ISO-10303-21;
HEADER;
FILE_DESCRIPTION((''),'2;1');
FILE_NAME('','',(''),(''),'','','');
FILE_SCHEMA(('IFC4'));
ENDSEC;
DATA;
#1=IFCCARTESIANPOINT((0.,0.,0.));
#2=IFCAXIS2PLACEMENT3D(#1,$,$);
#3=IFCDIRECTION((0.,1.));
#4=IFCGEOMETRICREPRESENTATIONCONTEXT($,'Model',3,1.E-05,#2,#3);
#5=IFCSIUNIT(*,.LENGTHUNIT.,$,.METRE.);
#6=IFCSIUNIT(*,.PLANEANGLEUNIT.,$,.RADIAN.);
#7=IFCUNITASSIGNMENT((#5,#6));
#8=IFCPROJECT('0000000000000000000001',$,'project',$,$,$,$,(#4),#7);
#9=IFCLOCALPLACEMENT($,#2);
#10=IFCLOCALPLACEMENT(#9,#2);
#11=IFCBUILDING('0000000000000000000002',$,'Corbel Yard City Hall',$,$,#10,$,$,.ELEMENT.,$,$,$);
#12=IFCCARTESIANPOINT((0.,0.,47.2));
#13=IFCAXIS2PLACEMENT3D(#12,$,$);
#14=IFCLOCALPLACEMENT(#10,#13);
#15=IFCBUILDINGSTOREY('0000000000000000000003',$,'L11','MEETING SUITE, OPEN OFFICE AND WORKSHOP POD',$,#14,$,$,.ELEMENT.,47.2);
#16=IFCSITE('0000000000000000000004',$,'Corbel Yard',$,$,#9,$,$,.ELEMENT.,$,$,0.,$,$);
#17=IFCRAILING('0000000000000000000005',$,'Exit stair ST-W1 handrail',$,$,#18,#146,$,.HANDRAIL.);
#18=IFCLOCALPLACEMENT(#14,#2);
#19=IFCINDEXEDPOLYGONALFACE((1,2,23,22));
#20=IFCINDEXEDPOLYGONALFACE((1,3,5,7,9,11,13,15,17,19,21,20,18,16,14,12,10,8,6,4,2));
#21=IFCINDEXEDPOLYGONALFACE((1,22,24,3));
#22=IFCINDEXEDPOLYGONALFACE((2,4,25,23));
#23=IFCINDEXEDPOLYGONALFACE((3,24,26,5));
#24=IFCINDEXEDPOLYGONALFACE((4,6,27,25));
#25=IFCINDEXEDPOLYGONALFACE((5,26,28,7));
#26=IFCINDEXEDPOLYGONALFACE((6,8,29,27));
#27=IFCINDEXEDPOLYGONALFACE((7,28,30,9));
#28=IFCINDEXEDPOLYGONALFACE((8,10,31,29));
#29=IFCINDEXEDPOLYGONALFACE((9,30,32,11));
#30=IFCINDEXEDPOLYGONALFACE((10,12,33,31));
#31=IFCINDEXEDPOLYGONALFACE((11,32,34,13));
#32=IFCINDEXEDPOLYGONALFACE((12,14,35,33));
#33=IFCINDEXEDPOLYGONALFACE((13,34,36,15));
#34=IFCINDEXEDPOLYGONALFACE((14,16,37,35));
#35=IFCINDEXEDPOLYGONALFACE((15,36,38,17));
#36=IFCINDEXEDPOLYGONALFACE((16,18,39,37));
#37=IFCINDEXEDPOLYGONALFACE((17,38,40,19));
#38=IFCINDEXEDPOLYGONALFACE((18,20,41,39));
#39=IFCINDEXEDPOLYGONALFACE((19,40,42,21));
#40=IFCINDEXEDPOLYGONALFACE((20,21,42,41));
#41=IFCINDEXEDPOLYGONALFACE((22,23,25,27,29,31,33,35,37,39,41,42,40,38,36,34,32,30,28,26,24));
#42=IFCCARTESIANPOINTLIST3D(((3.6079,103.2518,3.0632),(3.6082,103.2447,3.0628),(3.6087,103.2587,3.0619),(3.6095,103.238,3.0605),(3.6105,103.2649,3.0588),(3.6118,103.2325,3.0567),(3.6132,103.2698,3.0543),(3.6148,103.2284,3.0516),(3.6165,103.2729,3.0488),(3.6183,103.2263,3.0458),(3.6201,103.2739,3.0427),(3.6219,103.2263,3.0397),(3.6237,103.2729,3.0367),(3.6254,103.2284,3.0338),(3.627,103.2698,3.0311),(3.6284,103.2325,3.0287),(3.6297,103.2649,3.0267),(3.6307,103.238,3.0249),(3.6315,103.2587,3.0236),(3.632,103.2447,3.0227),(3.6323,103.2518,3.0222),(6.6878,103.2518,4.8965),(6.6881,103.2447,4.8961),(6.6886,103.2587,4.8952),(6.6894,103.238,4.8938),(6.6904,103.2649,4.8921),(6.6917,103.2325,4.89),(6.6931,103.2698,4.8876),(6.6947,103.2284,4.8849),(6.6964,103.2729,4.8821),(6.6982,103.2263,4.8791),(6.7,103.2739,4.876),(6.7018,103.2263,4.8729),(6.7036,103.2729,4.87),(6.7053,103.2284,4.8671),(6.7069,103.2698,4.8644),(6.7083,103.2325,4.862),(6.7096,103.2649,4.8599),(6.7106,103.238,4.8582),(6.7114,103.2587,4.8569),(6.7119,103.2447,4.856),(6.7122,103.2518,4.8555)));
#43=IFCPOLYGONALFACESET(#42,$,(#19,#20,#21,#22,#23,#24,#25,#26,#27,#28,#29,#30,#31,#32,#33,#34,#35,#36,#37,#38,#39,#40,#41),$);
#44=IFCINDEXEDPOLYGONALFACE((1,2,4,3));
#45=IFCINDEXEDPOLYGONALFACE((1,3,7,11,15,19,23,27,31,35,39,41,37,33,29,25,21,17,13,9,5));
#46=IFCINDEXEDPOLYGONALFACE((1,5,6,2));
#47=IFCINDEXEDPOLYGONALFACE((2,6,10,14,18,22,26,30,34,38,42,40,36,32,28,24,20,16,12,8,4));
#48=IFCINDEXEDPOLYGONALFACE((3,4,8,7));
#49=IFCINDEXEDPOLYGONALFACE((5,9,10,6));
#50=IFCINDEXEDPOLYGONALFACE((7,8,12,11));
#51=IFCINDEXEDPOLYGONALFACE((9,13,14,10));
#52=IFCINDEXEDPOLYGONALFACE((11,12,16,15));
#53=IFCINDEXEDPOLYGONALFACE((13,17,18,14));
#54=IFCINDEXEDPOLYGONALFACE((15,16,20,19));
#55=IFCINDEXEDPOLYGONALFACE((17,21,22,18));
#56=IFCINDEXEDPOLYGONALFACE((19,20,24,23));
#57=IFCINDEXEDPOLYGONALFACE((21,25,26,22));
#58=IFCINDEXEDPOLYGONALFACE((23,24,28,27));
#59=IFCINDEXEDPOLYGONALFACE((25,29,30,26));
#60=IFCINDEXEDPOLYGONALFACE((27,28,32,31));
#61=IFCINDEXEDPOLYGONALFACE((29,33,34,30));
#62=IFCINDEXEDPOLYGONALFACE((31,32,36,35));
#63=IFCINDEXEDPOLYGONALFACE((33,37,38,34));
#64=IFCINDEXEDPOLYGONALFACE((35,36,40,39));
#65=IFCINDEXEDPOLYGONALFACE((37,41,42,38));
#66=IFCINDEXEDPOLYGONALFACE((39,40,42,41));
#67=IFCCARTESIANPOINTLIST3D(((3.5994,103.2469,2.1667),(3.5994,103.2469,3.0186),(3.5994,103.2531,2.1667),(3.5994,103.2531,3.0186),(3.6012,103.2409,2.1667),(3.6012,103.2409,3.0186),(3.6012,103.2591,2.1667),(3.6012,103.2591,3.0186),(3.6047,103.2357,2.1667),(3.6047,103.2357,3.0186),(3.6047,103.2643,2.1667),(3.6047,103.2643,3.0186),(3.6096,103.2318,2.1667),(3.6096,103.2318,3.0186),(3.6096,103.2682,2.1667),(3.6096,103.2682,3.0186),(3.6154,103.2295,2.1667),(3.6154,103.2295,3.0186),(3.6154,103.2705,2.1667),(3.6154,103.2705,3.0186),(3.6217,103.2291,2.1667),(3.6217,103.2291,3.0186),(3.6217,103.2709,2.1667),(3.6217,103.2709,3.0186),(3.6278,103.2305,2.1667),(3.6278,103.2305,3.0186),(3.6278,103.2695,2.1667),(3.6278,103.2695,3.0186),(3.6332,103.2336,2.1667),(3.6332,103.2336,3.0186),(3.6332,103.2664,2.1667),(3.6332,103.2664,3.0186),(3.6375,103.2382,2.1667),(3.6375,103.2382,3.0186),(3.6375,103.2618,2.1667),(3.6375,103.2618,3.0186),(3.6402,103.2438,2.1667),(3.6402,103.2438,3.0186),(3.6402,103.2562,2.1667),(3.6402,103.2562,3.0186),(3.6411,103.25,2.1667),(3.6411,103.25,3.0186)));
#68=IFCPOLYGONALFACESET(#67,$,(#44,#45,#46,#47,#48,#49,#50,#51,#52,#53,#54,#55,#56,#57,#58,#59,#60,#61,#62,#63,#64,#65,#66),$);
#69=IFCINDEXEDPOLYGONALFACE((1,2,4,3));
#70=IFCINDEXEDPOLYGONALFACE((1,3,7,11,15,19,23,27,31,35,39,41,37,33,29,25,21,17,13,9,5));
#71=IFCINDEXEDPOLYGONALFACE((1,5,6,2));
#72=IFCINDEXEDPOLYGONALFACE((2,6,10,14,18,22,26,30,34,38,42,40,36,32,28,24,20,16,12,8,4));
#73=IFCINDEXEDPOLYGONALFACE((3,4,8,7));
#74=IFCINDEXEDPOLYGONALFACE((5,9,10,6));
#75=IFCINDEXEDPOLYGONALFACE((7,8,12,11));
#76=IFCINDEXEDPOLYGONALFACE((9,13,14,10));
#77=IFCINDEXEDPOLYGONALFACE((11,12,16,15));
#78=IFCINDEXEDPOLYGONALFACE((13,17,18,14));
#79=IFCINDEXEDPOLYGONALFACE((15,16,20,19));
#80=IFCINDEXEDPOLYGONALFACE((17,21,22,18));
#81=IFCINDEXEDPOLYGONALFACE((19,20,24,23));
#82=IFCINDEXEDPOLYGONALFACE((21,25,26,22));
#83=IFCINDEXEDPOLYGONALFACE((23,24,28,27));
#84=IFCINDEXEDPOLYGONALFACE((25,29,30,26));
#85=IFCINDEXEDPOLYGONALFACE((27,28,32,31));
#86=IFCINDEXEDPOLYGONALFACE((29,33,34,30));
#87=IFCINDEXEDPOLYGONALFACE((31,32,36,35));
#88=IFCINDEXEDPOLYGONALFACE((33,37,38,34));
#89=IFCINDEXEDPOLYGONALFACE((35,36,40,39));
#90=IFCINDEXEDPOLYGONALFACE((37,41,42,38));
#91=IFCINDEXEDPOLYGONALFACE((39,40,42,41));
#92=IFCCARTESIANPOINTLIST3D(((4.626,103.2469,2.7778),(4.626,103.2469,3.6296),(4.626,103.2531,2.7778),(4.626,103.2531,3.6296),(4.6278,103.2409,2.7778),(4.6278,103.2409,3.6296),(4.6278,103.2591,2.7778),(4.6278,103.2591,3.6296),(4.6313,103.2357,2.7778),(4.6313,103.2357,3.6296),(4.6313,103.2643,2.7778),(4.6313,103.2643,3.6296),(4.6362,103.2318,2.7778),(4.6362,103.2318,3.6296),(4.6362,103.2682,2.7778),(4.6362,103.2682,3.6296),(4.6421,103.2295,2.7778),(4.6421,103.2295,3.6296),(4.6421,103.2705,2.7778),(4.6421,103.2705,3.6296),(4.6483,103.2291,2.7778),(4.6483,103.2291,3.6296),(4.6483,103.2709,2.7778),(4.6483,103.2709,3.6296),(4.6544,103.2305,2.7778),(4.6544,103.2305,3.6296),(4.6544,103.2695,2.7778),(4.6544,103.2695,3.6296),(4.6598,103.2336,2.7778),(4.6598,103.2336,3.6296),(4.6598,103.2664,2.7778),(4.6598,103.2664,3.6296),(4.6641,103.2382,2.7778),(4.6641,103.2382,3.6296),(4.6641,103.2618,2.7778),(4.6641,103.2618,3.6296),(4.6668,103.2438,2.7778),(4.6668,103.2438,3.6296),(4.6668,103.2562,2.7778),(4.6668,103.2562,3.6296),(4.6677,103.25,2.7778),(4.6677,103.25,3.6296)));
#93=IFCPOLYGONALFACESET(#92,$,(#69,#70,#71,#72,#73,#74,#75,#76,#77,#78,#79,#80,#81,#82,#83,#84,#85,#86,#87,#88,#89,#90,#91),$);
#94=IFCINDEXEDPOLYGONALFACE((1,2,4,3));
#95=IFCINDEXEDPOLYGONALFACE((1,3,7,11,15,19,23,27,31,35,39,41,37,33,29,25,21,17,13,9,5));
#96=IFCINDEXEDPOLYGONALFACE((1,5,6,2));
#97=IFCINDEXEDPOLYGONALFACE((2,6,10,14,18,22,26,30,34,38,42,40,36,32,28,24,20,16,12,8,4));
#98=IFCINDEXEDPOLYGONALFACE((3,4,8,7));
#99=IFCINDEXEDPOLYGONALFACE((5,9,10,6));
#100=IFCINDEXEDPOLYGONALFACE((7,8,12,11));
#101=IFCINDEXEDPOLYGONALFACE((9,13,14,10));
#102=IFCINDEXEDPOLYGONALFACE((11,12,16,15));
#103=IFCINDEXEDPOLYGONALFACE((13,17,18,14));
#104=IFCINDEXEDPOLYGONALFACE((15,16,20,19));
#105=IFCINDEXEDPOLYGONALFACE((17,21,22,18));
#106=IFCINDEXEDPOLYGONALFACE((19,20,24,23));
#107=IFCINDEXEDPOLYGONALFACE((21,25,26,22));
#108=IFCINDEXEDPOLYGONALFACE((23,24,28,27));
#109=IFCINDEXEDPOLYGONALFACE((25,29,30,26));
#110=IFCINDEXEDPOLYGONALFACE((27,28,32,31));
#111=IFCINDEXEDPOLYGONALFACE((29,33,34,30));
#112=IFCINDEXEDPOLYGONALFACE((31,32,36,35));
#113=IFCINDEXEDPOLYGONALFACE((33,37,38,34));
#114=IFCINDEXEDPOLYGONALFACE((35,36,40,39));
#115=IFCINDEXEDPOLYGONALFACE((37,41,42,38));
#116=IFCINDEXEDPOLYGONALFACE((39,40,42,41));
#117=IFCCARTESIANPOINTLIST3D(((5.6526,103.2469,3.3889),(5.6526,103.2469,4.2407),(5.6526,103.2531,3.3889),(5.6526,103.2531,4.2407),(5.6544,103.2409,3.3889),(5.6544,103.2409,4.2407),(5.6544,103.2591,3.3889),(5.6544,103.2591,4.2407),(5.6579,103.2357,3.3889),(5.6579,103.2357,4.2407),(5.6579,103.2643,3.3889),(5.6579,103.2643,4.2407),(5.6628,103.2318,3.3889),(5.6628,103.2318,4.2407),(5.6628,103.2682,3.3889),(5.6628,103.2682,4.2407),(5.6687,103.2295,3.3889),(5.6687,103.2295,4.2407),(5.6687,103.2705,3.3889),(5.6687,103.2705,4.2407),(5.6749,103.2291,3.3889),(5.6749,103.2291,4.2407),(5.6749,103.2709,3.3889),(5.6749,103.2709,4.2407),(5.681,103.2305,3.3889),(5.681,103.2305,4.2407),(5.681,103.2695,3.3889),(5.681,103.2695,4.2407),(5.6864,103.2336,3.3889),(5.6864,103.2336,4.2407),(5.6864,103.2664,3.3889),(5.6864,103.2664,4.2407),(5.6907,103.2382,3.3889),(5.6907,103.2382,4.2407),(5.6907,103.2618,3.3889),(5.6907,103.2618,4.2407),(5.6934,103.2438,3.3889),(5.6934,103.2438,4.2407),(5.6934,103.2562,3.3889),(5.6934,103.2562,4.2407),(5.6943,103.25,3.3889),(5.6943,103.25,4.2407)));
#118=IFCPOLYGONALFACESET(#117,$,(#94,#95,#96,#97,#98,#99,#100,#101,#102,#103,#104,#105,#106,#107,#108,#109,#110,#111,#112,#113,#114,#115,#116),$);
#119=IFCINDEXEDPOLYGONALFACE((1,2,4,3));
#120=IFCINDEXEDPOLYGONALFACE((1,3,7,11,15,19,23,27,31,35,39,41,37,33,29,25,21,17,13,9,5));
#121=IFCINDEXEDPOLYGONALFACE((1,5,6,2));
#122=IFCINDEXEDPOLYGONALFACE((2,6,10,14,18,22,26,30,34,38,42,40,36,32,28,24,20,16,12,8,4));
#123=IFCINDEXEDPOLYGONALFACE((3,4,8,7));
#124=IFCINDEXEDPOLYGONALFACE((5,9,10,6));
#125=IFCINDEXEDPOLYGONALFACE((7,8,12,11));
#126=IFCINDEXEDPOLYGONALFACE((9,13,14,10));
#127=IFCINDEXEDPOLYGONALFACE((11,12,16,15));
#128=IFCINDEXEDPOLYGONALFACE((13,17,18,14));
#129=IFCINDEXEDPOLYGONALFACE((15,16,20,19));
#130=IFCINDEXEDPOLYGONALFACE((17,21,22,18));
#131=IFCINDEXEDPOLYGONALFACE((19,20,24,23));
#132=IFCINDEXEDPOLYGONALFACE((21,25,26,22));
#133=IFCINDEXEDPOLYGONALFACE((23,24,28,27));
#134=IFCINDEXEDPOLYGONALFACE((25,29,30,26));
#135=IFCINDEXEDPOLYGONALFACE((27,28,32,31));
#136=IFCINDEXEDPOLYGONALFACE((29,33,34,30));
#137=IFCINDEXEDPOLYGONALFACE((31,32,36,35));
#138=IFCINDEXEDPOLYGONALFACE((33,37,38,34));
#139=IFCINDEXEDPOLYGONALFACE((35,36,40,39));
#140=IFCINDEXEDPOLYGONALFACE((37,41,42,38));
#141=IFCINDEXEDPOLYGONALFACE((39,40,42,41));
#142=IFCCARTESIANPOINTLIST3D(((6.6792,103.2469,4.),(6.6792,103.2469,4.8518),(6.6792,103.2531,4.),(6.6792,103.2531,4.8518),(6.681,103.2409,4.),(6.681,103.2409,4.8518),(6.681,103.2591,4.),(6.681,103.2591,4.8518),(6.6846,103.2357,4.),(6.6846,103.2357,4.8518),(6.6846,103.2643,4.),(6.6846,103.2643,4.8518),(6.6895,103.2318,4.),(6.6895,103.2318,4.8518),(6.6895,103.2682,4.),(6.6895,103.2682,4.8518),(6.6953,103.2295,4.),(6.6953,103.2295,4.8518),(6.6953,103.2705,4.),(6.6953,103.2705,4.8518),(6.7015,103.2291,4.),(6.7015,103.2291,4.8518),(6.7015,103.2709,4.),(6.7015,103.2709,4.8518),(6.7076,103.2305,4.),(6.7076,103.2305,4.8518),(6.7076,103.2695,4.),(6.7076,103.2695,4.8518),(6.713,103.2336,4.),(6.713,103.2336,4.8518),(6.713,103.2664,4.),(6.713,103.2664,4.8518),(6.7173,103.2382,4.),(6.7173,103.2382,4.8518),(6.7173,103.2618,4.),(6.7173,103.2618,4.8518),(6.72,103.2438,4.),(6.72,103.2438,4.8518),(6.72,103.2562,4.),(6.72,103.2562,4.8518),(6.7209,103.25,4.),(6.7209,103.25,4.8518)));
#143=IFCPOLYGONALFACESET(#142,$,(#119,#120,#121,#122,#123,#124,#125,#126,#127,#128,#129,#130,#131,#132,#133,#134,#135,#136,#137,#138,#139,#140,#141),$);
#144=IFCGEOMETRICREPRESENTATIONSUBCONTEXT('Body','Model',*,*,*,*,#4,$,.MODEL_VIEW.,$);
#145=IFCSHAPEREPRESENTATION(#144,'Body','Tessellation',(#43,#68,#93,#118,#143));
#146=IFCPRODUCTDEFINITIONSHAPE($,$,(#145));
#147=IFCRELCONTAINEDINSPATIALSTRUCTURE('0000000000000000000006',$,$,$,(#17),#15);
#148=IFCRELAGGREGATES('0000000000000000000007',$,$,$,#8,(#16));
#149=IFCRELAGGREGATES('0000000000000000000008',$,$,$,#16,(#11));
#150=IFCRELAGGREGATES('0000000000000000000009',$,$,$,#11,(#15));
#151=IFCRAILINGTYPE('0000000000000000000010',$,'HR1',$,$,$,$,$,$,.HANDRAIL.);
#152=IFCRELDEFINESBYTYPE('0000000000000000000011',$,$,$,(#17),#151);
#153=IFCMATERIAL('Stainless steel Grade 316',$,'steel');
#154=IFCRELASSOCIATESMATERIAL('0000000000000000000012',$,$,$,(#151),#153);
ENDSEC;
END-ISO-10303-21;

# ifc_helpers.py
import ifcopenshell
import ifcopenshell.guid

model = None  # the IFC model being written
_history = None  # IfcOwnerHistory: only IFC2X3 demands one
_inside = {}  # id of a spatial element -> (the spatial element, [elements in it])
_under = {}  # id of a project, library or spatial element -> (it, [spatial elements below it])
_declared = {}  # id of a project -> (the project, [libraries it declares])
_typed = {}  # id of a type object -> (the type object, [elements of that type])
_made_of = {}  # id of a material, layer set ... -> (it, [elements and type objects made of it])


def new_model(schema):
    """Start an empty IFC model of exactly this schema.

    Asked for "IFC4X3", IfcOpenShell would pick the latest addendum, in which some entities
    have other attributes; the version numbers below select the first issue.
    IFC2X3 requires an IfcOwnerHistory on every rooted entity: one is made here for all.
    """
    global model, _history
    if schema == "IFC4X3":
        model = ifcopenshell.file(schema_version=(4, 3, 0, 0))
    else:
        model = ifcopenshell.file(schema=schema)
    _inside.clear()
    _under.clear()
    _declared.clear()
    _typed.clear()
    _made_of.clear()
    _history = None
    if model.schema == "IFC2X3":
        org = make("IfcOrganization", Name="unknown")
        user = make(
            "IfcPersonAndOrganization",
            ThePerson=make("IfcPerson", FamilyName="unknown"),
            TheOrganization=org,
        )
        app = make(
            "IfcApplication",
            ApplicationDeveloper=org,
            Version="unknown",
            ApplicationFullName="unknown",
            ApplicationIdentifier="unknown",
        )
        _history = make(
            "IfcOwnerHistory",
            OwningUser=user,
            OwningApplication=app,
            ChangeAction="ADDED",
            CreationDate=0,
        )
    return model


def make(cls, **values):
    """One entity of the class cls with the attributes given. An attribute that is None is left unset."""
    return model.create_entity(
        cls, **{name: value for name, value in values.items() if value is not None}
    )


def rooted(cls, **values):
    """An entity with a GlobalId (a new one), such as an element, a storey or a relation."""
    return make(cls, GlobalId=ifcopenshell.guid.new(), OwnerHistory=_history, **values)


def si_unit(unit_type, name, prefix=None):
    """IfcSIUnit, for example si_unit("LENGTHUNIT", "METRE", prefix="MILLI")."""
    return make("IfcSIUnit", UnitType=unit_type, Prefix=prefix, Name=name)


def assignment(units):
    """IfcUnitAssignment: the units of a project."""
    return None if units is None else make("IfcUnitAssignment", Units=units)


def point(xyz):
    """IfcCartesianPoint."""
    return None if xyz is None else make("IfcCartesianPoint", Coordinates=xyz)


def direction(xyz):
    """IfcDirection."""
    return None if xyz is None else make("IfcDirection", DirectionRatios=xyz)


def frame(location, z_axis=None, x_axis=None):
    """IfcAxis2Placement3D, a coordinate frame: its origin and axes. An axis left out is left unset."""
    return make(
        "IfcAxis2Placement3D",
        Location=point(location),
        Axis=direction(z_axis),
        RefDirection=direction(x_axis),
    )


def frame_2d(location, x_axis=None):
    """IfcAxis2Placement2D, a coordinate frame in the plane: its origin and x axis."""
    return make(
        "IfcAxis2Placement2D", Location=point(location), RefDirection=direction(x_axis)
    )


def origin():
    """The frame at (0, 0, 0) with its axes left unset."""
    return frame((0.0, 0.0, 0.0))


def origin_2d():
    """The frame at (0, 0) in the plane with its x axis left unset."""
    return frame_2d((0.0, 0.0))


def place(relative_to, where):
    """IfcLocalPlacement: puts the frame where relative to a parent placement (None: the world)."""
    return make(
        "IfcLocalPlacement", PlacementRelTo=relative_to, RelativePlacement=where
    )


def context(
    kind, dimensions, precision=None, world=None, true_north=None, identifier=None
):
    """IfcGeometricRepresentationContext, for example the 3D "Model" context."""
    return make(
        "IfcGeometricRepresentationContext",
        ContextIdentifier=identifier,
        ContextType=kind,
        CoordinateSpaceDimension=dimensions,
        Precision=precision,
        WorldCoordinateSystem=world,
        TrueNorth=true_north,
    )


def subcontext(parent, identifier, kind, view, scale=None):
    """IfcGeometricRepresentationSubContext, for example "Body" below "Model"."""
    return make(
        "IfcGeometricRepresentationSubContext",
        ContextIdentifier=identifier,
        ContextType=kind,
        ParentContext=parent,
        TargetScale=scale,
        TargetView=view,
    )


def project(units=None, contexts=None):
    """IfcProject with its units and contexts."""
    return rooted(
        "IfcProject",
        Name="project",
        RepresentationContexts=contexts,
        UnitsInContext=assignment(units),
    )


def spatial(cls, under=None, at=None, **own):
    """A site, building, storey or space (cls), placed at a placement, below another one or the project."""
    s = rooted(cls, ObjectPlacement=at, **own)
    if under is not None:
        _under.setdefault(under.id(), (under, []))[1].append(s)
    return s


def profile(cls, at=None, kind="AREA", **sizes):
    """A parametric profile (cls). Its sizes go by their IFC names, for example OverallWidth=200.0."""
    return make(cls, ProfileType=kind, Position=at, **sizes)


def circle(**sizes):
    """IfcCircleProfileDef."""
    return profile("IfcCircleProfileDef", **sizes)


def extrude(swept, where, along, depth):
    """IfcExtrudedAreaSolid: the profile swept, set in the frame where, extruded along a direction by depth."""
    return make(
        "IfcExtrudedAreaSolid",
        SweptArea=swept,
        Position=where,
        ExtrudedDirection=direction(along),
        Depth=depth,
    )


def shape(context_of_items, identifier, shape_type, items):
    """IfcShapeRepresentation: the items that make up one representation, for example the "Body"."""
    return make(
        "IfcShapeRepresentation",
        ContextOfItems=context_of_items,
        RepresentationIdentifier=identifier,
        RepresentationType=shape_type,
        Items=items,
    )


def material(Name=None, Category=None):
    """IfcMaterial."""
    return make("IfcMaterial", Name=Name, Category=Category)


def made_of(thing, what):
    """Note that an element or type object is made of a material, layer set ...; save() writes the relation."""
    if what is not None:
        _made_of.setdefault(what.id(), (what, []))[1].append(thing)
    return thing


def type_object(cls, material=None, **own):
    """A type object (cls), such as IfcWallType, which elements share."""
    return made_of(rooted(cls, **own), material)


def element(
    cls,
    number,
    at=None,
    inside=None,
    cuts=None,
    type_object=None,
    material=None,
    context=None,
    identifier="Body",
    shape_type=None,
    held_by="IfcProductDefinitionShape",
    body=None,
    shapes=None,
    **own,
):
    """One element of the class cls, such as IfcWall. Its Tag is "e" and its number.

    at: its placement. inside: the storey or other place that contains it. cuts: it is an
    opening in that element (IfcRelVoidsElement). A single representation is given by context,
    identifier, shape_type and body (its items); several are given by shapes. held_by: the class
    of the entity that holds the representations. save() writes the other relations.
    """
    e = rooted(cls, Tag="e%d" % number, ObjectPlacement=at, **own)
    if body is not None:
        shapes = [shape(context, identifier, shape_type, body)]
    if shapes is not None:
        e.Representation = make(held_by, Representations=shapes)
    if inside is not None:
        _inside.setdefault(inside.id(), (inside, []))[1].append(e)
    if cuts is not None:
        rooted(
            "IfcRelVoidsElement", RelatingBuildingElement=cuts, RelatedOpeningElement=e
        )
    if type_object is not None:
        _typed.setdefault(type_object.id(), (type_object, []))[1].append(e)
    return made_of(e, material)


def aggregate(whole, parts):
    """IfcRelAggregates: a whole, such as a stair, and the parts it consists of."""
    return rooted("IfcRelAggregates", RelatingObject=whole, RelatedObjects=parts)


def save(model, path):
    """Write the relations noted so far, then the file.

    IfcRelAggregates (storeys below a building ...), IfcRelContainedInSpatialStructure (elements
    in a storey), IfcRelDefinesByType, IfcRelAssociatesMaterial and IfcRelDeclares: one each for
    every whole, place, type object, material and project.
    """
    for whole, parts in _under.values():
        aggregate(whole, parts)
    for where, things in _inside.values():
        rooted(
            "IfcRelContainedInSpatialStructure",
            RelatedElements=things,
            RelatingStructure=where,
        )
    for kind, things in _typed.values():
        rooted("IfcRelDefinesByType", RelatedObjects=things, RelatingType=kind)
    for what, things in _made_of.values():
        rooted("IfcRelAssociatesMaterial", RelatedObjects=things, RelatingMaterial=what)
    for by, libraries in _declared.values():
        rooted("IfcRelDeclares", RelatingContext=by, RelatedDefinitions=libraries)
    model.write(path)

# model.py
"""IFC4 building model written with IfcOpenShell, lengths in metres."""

from ifc_helpers import new_model, si_unit, direction, frame, origin, origin_2d, place, context, subcontext, project, spatial, circle, extrude, material, type_object, element, save


model = new_model("IFC4")

# Units and contexts
model_context = context("Model", 3, precision=1e-05, world=origin(), true_north=direction((0.0, 1.0)))
body_context = subcontext(model_context, "Body", "Model", "MODEL_VIEW")
ifc_project = project(units=[si_unit("LENGTHUNIT", "METRE"), si_unit("PLANEANGLEUNIT", "RADIAN")], contexts=[model_context])

# Site, building, storey
site_placement = place(None, origin())
site = spatial("IfcSite", under=ifc_project, at=site_placement, Name="Corbel Yard", CompositionType="ELEMENT", RefElevation=0.0)
building_placement = place(site_placement, origin())
building = spatial("IfcBuilding", under=site, at=building_placement, Name="Corbel Yard City Hall", CompositionType="ELEMENT")
storey_placement = place(building_placement, frame((0.0, 0.0, 47.2)))
storey = spatial("IfcBuildingStorey", under=building, at=storey_placement, Name="L11", Description="MEETING SUITE, OPEN OFFICE AND WORKSHOP POD", CompositionType="ELEMENT", Elevation=47.2)

# Shared definitions
ifc_material_1 = material(Name="Stainless steel Grade 316", Category="steel")

# Railing
railing_type = type_object("IfcRailingType", Name="HR1", PredefinedType="HANDRAIL", material=ifc_material_1)
for number, where, name in (
    (1, (3.6201, 103.25, 2.1667), "Exit stair ST-W1 handrail"),
):
    element("IfcRailing", number, at=place(storey_placement, frame(where)), inside=storey, type_object=railing_type, Name=name, PredefinedType="HANDRAIL", context=body_context, shape_type="SweptSolid", body=[
        extrude(circle(Radius=0.0239, at=origin_2d()), frame((0.0, 0.0, 0.876), z_axis=(0.859291, 0.0, 0.511487), x_axis=(0.0, 1.0, 0.0)), (0.0, 0.0, 1.0), 3.5842),
        extrude(circle(Radius=0.021, at=origin_2d()), origin(), (0.0, 0.0, 1.0), 0.8518),
        extrude(circle(Radius=0.021, at=origin_2d()), frame((1.0266, 0.0, 0.6111)), (0.0, 0.0, 1.0), 0.8518),
        extrude(circle(Radius=0.021, at=origin_2d()), frame((2.0532, 0.0, 1.2222)), (0.0, 0.0, 1.0), 0.8518),
        extrude(circle(Radius=0.021, at=origin_2d()), frame((3.0798, 0.0, 1.8333)), (0.0, 0.0, 1.0), 0.8518),
    ])

save(model, "model.ifc")
